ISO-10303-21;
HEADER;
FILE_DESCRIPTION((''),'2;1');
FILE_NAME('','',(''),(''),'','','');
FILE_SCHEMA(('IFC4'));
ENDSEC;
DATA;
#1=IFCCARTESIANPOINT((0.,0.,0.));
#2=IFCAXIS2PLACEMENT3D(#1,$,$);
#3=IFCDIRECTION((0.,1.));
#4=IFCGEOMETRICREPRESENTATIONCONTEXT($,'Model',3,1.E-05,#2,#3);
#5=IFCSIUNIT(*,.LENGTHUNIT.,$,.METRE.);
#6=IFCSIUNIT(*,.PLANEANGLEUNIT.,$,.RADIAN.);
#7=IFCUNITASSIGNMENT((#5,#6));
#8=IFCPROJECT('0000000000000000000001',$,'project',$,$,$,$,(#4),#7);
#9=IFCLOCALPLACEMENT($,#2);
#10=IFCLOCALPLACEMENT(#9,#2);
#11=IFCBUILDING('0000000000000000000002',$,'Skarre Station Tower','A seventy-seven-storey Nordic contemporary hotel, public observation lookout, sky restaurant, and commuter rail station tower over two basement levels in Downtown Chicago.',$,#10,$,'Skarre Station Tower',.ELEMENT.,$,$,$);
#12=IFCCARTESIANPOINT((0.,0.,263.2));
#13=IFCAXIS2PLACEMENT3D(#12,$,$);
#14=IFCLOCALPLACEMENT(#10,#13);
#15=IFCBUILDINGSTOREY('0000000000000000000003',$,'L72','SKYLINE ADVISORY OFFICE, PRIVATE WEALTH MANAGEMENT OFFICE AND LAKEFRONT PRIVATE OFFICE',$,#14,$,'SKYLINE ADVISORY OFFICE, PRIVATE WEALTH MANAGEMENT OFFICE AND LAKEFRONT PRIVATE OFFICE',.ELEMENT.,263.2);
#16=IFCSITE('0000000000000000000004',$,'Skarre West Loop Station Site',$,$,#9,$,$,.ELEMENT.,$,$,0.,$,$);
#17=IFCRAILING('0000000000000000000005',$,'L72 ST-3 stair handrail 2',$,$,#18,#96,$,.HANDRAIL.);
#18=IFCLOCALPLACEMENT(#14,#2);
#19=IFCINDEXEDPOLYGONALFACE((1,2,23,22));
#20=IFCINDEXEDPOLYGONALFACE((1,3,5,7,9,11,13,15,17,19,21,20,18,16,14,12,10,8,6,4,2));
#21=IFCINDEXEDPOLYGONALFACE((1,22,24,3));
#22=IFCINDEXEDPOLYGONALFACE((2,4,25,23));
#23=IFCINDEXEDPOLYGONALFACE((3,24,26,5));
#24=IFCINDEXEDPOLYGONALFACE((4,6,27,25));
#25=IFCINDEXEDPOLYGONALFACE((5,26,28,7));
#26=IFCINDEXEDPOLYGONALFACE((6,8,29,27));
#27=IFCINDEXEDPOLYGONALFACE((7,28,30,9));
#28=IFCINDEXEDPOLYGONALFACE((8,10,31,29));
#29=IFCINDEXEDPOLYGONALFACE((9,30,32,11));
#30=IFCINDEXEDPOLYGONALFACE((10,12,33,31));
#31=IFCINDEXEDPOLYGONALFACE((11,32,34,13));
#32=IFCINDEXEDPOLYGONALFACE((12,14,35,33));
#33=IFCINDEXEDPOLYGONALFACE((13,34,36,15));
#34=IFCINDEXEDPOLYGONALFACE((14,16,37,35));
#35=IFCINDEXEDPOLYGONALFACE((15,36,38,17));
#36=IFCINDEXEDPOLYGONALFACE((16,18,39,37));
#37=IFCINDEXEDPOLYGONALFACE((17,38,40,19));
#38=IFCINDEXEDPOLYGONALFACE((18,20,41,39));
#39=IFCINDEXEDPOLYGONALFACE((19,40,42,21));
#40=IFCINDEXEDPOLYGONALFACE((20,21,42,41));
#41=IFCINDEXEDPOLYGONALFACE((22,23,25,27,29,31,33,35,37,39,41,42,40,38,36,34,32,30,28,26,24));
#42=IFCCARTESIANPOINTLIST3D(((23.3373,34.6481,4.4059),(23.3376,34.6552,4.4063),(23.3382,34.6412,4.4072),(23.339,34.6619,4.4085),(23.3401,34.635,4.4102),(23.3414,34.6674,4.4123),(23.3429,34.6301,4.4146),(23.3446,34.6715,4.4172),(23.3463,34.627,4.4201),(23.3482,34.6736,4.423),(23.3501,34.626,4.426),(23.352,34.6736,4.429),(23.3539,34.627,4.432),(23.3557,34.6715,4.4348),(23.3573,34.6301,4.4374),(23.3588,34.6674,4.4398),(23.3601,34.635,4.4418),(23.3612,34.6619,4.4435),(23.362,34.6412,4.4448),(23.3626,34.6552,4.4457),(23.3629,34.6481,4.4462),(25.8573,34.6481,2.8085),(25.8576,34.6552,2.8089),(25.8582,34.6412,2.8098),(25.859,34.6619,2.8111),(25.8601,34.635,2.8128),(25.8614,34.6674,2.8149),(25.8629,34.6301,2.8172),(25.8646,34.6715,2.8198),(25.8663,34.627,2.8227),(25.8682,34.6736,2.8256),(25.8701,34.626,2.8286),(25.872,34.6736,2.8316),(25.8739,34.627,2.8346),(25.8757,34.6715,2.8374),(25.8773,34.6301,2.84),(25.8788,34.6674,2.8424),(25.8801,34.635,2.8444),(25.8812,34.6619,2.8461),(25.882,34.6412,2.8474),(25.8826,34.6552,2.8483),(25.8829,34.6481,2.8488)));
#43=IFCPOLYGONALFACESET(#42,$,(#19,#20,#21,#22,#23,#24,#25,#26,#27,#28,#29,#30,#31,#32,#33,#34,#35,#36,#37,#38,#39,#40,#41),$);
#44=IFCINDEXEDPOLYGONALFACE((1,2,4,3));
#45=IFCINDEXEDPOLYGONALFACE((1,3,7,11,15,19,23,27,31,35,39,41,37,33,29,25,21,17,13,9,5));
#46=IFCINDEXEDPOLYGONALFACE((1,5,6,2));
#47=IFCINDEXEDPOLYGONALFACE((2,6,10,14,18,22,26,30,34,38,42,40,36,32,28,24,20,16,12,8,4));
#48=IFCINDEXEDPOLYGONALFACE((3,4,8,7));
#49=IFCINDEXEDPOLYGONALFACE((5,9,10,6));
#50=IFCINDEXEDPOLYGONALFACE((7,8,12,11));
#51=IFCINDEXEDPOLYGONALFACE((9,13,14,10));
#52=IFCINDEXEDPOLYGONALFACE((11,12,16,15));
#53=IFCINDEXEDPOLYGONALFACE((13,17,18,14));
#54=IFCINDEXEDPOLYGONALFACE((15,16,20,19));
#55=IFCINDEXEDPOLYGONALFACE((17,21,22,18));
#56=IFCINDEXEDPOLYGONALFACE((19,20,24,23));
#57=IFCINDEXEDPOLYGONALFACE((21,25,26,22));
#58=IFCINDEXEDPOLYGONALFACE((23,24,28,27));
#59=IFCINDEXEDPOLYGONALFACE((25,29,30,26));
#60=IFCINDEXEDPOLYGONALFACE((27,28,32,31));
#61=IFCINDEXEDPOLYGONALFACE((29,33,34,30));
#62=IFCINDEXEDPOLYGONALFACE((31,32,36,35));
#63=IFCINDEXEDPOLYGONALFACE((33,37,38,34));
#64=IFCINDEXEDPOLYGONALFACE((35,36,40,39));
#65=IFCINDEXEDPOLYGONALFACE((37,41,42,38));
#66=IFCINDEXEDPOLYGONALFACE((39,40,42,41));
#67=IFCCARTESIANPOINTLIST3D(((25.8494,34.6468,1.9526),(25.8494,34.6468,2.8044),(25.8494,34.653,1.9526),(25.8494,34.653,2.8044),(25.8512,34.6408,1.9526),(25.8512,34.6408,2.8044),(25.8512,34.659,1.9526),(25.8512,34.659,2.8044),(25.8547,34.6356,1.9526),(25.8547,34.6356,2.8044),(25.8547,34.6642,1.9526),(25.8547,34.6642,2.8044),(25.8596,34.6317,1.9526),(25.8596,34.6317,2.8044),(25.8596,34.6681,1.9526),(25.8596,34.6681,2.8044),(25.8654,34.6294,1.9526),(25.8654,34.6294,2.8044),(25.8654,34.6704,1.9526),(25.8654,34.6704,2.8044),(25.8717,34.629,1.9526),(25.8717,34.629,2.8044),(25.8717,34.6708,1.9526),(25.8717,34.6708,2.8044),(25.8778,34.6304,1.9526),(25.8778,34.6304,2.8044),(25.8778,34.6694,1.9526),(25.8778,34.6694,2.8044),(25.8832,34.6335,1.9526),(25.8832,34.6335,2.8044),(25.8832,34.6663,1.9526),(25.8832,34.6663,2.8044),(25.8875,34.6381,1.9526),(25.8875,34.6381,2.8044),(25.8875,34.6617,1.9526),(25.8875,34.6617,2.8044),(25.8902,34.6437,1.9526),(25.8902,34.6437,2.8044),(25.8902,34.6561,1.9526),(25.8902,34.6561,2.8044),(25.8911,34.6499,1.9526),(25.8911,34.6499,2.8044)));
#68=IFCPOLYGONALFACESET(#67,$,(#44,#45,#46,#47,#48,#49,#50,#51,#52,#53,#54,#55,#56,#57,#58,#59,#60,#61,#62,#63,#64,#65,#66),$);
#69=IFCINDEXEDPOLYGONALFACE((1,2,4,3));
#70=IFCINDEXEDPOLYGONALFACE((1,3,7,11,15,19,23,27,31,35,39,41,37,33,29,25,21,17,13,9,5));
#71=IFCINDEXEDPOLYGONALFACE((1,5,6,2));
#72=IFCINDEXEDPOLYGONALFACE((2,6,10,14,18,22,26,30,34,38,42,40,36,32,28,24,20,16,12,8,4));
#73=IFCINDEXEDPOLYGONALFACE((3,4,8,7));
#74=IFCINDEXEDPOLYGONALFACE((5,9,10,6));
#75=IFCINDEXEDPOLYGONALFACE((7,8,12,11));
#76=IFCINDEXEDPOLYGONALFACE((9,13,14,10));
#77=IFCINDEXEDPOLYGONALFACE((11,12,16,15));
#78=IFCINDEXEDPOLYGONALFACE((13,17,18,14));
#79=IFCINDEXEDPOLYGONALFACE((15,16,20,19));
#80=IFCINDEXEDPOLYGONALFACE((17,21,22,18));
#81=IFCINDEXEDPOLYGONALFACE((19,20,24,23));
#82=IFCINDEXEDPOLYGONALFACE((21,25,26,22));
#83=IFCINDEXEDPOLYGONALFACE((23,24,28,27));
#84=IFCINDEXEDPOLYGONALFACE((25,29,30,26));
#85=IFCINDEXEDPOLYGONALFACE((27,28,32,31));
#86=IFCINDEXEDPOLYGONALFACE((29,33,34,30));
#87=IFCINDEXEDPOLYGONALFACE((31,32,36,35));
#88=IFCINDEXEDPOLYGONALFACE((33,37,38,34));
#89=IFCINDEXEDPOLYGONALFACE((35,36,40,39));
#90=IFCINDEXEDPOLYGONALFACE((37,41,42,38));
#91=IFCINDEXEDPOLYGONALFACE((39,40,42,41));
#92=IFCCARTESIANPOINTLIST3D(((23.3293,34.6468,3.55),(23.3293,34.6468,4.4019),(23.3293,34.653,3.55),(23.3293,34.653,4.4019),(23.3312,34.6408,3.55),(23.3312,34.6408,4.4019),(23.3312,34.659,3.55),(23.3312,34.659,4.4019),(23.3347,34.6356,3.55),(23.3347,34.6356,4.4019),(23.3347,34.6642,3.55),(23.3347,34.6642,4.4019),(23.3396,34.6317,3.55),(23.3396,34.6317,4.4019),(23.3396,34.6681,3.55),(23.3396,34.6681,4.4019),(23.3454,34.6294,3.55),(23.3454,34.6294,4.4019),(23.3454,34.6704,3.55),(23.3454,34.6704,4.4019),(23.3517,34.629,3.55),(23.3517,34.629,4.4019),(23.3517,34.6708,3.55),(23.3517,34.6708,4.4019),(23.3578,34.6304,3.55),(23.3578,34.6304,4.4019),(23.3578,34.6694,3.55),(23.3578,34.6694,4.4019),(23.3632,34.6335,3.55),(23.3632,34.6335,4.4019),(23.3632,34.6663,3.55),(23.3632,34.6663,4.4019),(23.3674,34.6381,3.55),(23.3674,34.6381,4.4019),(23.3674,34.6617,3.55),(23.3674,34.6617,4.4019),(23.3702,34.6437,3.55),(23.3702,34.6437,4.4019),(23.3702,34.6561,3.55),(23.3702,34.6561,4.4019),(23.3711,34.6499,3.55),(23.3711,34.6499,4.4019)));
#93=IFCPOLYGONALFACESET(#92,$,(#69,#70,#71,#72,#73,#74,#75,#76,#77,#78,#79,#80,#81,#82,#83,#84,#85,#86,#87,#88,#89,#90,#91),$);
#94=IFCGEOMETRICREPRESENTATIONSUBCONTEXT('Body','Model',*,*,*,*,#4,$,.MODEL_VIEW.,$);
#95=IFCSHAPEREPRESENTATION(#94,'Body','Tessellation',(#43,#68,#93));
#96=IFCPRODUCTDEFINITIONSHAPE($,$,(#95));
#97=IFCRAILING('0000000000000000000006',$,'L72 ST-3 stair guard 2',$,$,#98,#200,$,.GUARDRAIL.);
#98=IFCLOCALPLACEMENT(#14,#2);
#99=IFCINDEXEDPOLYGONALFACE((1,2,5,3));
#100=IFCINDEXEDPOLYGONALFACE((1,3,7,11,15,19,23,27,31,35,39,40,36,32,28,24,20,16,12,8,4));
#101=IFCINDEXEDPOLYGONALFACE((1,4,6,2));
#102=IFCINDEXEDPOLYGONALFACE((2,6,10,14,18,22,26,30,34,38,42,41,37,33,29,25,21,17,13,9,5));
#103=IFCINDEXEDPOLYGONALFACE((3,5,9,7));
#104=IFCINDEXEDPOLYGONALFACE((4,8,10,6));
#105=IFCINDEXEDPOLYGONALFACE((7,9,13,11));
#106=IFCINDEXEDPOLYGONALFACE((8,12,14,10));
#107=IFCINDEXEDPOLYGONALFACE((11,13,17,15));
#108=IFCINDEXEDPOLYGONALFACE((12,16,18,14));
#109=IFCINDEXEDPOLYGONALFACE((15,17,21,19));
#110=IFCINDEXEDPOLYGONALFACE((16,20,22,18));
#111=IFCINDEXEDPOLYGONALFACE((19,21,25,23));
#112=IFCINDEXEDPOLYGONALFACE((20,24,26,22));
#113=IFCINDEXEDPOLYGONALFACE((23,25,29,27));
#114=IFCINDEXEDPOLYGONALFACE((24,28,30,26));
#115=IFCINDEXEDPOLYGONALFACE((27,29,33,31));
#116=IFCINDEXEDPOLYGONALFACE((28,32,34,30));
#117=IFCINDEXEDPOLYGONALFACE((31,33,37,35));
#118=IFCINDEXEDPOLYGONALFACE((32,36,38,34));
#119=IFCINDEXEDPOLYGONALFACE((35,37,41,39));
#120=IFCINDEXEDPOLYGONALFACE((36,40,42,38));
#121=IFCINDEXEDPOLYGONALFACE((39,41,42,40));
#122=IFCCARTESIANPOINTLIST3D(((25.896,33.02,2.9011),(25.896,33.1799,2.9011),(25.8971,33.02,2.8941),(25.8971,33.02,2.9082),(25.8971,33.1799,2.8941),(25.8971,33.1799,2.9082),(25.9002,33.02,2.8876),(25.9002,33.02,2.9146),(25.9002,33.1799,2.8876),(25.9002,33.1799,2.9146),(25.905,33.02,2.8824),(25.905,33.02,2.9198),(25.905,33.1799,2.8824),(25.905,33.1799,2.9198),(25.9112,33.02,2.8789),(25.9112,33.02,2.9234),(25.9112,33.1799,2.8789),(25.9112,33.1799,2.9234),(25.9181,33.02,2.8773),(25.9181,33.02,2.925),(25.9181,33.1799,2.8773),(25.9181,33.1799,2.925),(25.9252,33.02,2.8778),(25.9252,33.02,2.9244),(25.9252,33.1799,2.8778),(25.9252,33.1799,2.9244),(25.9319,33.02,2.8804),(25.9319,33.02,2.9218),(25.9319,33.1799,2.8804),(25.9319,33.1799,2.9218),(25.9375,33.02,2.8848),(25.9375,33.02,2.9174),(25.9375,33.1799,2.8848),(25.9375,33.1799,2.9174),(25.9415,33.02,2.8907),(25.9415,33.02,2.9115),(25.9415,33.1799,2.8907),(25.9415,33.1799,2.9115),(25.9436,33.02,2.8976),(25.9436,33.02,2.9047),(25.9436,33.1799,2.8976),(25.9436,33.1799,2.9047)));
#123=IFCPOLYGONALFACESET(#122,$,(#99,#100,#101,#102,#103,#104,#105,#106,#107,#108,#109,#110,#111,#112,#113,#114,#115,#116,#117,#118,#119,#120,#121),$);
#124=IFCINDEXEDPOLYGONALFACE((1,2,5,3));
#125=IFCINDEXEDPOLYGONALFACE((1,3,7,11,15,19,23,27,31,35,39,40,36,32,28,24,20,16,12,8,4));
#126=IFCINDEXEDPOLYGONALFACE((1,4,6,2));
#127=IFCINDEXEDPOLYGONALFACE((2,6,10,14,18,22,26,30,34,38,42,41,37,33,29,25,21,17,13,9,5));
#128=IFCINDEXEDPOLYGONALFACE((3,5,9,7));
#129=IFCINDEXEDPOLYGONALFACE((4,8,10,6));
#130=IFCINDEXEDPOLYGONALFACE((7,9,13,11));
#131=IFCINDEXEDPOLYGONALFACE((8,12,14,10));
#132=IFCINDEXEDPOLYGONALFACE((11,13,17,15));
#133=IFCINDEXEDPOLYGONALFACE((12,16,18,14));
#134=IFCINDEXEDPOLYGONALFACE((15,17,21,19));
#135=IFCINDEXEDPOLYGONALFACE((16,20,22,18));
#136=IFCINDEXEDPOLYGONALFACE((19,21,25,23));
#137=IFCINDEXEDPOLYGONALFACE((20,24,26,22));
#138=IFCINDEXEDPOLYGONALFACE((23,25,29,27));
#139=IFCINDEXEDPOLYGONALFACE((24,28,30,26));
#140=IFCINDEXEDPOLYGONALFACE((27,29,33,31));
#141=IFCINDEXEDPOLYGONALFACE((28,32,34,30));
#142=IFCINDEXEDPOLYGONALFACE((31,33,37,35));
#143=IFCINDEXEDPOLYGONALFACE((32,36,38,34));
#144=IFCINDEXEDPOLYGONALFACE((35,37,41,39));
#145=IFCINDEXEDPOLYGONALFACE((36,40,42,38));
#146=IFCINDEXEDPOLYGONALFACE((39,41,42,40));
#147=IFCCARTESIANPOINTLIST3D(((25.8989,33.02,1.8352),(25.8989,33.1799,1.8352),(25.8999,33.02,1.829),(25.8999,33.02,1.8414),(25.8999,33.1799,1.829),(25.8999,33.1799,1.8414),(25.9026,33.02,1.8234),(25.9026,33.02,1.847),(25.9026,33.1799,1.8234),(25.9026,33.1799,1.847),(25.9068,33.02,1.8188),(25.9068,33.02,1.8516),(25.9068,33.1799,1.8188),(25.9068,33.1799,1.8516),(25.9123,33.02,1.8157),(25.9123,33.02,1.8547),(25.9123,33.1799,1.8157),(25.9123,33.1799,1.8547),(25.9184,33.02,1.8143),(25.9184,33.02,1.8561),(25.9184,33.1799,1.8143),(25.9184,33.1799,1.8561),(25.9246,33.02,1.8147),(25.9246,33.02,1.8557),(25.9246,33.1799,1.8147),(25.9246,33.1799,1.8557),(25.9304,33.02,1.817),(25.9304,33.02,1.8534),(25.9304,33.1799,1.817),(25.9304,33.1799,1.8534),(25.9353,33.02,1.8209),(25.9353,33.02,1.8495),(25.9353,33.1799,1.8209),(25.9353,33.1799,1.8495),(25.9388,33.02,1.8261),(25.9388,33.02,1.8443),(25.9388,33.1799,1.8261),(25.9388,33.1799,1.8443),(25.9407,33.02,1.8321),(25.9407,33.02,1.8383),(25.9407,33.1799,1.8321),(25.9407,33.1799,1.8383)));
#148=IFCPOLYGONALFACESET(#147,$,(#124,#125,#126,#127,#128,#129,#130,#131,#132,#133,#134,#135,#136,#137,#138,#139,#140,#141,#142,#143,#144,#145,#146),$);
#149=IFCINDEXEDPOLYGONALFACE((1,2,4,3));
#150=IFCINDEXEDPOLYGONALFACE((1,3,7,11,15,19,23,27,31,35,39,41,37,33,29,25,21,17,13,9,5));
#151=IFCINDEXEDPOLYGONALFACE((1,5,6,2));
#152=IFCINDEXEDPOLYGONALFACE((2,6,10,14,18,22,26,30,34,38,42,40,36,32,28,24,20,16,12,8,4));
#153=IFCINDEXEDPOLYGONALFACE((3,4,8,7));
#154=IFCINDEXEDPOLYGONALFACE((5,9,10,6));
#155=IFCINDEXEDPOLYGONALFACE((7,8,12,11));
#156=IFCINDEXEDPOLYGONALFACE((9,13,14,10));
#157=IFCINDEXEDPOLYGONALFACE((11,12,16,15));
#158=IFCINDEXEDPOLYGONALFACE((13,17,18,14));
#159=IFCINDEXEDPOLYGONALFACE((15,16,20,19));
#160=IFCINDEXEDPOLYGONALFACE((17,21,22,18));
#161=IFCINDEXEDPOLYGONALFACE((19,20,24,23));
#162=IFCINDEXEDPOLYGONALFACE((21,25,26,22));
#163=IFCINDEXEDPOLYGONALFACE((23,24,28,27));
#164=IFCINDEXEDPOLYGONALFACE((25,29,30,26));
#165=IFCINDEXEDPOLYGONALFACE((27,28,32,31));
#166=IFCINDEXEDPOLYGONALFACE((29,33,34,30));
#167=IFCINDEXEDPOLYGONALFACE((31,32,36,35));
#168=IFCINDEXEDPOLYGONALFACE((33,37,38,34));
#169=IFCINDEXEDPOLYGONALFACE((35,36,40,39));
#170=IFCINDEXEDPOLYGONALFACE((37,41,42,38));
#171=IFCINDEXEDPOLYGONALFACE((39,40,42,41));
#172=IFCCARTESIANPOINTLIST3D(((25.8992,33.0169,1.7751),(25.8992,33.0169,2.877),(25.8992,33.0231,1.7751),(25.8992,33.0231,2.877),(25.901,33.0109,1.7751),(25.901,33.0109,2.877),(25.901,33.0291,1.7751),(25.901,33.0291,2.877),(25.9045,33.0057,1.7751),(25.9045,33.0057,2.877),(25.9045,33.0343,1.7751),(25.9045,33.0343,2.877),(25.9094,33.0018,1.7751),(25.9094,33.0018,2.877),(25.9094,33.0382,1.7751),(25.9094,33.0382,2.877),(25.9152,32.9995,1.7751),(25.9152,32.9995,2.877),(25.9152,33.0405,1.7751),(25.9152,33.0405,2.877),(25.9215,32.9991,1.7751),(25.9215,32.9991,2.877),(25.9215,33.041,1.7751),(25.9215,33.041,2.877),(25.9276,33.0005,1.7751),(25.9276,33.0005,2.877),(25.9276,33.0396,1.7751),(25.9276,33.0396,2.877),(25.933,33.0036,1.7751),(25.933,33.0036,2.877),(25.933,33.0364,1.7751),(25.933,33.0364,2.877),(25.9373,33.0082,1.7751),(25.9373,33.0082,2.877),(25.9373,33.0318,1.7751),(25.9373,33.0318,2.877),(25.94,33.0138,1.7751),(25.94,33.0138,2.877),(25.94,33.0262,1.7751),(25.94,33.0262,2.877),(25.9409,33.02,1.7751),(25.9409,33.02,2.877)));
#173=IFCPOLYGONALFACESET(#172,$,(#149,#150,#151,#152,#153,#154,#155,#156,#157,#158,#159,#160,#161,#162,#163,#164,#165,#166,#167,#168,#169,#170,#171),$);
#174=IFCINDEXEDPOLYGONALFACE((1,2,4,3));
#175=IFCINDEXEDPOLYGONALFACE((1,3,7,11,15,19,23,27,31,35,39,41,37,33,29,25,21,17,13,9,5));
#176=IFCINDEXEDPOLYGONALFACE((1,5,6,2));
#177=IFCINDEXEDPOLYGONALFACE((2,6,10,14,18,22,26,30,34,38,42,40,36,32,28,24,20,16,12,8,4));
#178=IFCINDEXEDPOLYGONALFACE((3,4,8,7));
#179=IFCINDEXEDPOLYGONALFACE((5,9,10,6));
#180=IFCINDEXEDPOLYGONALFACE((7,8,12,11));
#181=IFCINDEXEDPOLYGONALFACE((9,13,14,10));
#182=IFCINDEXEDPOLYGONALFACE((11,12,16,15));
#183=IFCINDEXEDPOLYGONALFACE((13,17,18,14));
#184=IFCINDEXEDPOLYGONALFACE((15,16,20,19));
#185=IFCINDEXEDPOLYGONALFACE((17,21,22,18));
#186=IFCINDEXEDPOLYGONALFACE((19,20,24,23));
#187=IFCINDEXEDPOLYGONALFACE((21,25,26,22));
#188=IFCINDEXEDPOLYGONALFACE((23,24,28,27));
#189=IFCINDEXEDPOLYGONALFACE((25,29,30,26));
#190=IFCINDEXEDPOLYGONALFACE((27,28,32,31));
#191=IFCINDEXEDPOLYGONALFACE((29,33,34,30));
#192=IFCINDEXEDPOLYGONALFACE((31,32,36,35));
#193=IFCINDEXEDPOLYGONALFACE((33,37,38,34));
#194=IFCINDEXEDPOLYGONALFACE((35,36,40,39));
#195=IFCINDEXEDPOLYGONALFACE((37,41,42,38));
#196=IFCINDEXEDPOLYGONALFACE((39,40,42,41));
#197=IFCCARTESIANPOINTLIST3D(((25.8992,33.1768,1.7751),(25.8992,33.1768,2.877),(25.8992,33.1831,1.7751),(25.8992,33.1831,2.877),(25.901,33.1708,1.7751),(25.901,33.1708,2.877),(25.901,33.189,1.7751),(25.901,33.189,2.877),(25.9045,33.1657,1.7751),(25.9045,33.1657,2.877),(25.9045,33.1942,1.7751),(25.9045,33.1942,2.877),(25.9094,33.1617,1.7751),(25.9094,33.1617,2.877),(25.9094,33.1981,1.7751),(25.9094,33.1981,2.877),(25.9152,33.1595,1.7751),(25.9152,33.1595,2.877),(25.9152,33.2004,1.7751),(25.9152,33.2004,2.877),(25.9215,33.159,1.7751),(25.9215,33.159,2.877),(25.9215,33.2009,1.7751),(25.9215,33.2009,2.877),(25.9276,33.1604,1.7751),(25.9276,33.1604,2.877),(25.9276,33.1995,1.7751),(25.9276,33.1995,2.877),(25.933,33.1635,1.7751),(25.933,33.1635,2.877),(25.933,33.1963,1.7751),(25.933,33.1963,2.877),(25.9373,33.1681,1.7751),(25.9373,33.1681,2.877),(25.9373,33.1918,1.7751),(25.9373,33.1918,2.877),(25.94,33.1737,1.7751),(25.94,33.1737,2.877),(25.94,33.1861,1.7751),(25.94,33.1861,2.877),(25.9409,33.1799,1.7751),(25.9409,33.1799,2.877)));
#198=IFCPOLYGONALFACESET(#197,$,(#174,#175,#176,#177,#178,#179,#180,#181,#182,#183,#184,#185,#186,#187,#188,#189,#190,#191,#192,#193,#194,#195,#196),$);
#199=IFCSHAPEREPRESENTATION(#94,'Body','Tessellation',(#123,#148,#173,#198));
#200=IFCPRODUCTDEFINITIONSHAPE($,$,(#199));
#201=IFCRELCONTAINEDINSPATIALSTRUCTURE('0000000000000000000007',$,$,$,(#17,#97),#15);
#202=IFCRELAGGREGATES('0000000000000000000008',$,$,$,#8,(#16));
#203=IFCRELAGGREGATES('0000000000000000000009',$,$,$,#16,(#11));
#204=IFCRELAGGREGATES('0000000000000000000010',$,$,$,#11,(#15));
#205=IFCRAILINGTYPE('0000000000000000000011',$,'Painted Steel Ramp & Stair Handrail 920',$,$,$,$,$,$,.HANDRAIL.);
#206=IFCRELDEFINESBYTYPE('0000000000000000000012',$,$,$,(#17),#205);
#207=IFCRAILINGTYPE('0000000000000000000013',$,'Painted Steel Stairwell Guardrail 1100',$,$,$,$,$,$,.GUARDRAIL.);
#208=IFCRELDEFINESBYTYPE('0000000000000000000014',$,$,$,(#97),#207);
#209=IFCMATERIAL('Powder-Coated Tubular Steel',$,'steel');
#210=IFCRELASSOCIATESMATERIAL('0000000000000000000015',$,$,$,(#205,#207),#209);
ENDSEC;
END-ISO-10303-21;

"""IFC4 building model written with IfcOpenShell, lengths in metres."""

from ifc_helpers import new_model, si_unit, direction, frame, origin, origin_2d, place, context, subcontext, project, spatial, circle, extrude, material, type_object, element, save


model = new_model("IFC4")

# Units and contexts
model_context = context("Model", 3, precision=1e-05, world=origin(), true_north=direction((0.0, 1.0)))
body_context = subcontext(model_context, "Body", "Model", "MODEL_VIEW")
ifc_project = project(units=[si_unit("LENGTHUNIT", "METRE"), si_unit("PLANEANGLEUNIT", "RADIAN")], contexts=[model_context])

# Site, building, storey
site_placement = place(None, origin())
site = spatial("IfcSite", under=ifc_project, at=site_placement, Name="Skarre West Loop Station Site", CompositionType="ELEMENT", RefElevation=0.0)
building_placement = place(site_placement, origin())
building = spatial("IfcBuilding", under=site, at=building_placement, Name="Skarre Station Tower", Description="A seventy-seven-storey Nordic contemporary hotel, public observation lookout, sky restaurant, and commuter rail station tower over two basement levels in Downtown Chicago.", LongName="Skarre Station Tower", CompositionType="ELEMENT")
storey_placement = place(building_placement, frame((0.0, 0.0, 263.2)))
storey = spatial("IfcBuildingStorey", under=building, at=storey_placement, Name="L72", Description="SKYLINE ADVISORY OFFICE, PRIVATE WEALTH MANAGEMENT OFFICE AND LAKEFRONT PRIVATE OFFICE", LongName="SKYLINE ADVISORY OFFICE, PRIVATE WEALTH MANAGEMENT OFFICE AND LAKEFRONT PRIVATE OFFICE", CompositionType="ELEMENT", Elevation=263.2)

# Railings
ifc_material_1 = material(Name="Powder-Coated Tubular Steel", Category="steel")
railing_type_1 = type_object("IfcRailingType", Name="Painted Steel Ramp & Stair Handrail 920", PredefinedType="HANDRAIL", material=ifc_material_1)
railing_1_placement = place(storey_placement, frame((25.8701, 34.6499, 1.9526)))
element("IfcRailing", 1, at=railing_1_placement, inside=storey, type_object=railing_type_1, Name="L72 ST-3 stair handrail 2", PredefinedType="HANDRAIL", context=body_context, shape_type="SweptSolid", body=[
    extrude(circle(Radius=0.0239, at=origin_2d()), frame((0.0, 0.0, 0.876), z_axis=(-0.844607, 0.0, 0.535387), x_axis=(0.0, -1.0, 0.0)), (0.0, 0.0, 1.0), 2.9836),
    extrude(circle(Radius=0.021, at=origin_2d()), origin(), (0.0, 0.0, 1.0), 0.8518),
    extrude(circle(Radius=0.021, at=origin_2d()), frame((-2.52, 0.0, 1.5974)), (0.0, 0.0, 1.0), 0.8518),
])
railing_type_2 = type_object("IfcRailingType", Name="Painted Steel Stairwell Guardrail 1100", PredefinedType="GUARDRAIL", material=ifc_material_1)
railing_2_placement = place(storey_placement, frame((25.9199, 33.02, 1.7751)))
element("IfcRailing", 2, at=railing_2_placement, inside=storey, type_object=railing_type_2, Name="L72 ST-3 stair guard 2", PredefinedType="GUARDRAIL", context=body_context, shape_type="SweptSolid", body=[
    extrude(circle(Radius=0.0239, at=origin_2d()), frame((0.0, 0.0, 1.126), z_axis=(0.0, 1.0, 0.0), x_axis=(-1.0, 0.0, 0.0)), (0.0, 0.0, 1.0), 0.1599),
    extrude(circle(Radius=0.021, at=origin_2d()), frame((0.0, 0.0, 0.0601), z_axis=(0.0, 1.0, 0.0), x_axis=(-1.0, 0.0, 0.0)), (0.0, 0.0, 1.0), 0.1599),
    extrude(circle(Radius=0.021, at=origin_2d()), origin(), (0.0, 0.0, 1.0), 1.1018),
    extrude(circle(Radius=0.021, at=origin_2d()), frame((0.0, 0.1599, 0.0)), (0.0, 0.0, 1.0), 1.1018),
])

save(model, "model.ifc")
